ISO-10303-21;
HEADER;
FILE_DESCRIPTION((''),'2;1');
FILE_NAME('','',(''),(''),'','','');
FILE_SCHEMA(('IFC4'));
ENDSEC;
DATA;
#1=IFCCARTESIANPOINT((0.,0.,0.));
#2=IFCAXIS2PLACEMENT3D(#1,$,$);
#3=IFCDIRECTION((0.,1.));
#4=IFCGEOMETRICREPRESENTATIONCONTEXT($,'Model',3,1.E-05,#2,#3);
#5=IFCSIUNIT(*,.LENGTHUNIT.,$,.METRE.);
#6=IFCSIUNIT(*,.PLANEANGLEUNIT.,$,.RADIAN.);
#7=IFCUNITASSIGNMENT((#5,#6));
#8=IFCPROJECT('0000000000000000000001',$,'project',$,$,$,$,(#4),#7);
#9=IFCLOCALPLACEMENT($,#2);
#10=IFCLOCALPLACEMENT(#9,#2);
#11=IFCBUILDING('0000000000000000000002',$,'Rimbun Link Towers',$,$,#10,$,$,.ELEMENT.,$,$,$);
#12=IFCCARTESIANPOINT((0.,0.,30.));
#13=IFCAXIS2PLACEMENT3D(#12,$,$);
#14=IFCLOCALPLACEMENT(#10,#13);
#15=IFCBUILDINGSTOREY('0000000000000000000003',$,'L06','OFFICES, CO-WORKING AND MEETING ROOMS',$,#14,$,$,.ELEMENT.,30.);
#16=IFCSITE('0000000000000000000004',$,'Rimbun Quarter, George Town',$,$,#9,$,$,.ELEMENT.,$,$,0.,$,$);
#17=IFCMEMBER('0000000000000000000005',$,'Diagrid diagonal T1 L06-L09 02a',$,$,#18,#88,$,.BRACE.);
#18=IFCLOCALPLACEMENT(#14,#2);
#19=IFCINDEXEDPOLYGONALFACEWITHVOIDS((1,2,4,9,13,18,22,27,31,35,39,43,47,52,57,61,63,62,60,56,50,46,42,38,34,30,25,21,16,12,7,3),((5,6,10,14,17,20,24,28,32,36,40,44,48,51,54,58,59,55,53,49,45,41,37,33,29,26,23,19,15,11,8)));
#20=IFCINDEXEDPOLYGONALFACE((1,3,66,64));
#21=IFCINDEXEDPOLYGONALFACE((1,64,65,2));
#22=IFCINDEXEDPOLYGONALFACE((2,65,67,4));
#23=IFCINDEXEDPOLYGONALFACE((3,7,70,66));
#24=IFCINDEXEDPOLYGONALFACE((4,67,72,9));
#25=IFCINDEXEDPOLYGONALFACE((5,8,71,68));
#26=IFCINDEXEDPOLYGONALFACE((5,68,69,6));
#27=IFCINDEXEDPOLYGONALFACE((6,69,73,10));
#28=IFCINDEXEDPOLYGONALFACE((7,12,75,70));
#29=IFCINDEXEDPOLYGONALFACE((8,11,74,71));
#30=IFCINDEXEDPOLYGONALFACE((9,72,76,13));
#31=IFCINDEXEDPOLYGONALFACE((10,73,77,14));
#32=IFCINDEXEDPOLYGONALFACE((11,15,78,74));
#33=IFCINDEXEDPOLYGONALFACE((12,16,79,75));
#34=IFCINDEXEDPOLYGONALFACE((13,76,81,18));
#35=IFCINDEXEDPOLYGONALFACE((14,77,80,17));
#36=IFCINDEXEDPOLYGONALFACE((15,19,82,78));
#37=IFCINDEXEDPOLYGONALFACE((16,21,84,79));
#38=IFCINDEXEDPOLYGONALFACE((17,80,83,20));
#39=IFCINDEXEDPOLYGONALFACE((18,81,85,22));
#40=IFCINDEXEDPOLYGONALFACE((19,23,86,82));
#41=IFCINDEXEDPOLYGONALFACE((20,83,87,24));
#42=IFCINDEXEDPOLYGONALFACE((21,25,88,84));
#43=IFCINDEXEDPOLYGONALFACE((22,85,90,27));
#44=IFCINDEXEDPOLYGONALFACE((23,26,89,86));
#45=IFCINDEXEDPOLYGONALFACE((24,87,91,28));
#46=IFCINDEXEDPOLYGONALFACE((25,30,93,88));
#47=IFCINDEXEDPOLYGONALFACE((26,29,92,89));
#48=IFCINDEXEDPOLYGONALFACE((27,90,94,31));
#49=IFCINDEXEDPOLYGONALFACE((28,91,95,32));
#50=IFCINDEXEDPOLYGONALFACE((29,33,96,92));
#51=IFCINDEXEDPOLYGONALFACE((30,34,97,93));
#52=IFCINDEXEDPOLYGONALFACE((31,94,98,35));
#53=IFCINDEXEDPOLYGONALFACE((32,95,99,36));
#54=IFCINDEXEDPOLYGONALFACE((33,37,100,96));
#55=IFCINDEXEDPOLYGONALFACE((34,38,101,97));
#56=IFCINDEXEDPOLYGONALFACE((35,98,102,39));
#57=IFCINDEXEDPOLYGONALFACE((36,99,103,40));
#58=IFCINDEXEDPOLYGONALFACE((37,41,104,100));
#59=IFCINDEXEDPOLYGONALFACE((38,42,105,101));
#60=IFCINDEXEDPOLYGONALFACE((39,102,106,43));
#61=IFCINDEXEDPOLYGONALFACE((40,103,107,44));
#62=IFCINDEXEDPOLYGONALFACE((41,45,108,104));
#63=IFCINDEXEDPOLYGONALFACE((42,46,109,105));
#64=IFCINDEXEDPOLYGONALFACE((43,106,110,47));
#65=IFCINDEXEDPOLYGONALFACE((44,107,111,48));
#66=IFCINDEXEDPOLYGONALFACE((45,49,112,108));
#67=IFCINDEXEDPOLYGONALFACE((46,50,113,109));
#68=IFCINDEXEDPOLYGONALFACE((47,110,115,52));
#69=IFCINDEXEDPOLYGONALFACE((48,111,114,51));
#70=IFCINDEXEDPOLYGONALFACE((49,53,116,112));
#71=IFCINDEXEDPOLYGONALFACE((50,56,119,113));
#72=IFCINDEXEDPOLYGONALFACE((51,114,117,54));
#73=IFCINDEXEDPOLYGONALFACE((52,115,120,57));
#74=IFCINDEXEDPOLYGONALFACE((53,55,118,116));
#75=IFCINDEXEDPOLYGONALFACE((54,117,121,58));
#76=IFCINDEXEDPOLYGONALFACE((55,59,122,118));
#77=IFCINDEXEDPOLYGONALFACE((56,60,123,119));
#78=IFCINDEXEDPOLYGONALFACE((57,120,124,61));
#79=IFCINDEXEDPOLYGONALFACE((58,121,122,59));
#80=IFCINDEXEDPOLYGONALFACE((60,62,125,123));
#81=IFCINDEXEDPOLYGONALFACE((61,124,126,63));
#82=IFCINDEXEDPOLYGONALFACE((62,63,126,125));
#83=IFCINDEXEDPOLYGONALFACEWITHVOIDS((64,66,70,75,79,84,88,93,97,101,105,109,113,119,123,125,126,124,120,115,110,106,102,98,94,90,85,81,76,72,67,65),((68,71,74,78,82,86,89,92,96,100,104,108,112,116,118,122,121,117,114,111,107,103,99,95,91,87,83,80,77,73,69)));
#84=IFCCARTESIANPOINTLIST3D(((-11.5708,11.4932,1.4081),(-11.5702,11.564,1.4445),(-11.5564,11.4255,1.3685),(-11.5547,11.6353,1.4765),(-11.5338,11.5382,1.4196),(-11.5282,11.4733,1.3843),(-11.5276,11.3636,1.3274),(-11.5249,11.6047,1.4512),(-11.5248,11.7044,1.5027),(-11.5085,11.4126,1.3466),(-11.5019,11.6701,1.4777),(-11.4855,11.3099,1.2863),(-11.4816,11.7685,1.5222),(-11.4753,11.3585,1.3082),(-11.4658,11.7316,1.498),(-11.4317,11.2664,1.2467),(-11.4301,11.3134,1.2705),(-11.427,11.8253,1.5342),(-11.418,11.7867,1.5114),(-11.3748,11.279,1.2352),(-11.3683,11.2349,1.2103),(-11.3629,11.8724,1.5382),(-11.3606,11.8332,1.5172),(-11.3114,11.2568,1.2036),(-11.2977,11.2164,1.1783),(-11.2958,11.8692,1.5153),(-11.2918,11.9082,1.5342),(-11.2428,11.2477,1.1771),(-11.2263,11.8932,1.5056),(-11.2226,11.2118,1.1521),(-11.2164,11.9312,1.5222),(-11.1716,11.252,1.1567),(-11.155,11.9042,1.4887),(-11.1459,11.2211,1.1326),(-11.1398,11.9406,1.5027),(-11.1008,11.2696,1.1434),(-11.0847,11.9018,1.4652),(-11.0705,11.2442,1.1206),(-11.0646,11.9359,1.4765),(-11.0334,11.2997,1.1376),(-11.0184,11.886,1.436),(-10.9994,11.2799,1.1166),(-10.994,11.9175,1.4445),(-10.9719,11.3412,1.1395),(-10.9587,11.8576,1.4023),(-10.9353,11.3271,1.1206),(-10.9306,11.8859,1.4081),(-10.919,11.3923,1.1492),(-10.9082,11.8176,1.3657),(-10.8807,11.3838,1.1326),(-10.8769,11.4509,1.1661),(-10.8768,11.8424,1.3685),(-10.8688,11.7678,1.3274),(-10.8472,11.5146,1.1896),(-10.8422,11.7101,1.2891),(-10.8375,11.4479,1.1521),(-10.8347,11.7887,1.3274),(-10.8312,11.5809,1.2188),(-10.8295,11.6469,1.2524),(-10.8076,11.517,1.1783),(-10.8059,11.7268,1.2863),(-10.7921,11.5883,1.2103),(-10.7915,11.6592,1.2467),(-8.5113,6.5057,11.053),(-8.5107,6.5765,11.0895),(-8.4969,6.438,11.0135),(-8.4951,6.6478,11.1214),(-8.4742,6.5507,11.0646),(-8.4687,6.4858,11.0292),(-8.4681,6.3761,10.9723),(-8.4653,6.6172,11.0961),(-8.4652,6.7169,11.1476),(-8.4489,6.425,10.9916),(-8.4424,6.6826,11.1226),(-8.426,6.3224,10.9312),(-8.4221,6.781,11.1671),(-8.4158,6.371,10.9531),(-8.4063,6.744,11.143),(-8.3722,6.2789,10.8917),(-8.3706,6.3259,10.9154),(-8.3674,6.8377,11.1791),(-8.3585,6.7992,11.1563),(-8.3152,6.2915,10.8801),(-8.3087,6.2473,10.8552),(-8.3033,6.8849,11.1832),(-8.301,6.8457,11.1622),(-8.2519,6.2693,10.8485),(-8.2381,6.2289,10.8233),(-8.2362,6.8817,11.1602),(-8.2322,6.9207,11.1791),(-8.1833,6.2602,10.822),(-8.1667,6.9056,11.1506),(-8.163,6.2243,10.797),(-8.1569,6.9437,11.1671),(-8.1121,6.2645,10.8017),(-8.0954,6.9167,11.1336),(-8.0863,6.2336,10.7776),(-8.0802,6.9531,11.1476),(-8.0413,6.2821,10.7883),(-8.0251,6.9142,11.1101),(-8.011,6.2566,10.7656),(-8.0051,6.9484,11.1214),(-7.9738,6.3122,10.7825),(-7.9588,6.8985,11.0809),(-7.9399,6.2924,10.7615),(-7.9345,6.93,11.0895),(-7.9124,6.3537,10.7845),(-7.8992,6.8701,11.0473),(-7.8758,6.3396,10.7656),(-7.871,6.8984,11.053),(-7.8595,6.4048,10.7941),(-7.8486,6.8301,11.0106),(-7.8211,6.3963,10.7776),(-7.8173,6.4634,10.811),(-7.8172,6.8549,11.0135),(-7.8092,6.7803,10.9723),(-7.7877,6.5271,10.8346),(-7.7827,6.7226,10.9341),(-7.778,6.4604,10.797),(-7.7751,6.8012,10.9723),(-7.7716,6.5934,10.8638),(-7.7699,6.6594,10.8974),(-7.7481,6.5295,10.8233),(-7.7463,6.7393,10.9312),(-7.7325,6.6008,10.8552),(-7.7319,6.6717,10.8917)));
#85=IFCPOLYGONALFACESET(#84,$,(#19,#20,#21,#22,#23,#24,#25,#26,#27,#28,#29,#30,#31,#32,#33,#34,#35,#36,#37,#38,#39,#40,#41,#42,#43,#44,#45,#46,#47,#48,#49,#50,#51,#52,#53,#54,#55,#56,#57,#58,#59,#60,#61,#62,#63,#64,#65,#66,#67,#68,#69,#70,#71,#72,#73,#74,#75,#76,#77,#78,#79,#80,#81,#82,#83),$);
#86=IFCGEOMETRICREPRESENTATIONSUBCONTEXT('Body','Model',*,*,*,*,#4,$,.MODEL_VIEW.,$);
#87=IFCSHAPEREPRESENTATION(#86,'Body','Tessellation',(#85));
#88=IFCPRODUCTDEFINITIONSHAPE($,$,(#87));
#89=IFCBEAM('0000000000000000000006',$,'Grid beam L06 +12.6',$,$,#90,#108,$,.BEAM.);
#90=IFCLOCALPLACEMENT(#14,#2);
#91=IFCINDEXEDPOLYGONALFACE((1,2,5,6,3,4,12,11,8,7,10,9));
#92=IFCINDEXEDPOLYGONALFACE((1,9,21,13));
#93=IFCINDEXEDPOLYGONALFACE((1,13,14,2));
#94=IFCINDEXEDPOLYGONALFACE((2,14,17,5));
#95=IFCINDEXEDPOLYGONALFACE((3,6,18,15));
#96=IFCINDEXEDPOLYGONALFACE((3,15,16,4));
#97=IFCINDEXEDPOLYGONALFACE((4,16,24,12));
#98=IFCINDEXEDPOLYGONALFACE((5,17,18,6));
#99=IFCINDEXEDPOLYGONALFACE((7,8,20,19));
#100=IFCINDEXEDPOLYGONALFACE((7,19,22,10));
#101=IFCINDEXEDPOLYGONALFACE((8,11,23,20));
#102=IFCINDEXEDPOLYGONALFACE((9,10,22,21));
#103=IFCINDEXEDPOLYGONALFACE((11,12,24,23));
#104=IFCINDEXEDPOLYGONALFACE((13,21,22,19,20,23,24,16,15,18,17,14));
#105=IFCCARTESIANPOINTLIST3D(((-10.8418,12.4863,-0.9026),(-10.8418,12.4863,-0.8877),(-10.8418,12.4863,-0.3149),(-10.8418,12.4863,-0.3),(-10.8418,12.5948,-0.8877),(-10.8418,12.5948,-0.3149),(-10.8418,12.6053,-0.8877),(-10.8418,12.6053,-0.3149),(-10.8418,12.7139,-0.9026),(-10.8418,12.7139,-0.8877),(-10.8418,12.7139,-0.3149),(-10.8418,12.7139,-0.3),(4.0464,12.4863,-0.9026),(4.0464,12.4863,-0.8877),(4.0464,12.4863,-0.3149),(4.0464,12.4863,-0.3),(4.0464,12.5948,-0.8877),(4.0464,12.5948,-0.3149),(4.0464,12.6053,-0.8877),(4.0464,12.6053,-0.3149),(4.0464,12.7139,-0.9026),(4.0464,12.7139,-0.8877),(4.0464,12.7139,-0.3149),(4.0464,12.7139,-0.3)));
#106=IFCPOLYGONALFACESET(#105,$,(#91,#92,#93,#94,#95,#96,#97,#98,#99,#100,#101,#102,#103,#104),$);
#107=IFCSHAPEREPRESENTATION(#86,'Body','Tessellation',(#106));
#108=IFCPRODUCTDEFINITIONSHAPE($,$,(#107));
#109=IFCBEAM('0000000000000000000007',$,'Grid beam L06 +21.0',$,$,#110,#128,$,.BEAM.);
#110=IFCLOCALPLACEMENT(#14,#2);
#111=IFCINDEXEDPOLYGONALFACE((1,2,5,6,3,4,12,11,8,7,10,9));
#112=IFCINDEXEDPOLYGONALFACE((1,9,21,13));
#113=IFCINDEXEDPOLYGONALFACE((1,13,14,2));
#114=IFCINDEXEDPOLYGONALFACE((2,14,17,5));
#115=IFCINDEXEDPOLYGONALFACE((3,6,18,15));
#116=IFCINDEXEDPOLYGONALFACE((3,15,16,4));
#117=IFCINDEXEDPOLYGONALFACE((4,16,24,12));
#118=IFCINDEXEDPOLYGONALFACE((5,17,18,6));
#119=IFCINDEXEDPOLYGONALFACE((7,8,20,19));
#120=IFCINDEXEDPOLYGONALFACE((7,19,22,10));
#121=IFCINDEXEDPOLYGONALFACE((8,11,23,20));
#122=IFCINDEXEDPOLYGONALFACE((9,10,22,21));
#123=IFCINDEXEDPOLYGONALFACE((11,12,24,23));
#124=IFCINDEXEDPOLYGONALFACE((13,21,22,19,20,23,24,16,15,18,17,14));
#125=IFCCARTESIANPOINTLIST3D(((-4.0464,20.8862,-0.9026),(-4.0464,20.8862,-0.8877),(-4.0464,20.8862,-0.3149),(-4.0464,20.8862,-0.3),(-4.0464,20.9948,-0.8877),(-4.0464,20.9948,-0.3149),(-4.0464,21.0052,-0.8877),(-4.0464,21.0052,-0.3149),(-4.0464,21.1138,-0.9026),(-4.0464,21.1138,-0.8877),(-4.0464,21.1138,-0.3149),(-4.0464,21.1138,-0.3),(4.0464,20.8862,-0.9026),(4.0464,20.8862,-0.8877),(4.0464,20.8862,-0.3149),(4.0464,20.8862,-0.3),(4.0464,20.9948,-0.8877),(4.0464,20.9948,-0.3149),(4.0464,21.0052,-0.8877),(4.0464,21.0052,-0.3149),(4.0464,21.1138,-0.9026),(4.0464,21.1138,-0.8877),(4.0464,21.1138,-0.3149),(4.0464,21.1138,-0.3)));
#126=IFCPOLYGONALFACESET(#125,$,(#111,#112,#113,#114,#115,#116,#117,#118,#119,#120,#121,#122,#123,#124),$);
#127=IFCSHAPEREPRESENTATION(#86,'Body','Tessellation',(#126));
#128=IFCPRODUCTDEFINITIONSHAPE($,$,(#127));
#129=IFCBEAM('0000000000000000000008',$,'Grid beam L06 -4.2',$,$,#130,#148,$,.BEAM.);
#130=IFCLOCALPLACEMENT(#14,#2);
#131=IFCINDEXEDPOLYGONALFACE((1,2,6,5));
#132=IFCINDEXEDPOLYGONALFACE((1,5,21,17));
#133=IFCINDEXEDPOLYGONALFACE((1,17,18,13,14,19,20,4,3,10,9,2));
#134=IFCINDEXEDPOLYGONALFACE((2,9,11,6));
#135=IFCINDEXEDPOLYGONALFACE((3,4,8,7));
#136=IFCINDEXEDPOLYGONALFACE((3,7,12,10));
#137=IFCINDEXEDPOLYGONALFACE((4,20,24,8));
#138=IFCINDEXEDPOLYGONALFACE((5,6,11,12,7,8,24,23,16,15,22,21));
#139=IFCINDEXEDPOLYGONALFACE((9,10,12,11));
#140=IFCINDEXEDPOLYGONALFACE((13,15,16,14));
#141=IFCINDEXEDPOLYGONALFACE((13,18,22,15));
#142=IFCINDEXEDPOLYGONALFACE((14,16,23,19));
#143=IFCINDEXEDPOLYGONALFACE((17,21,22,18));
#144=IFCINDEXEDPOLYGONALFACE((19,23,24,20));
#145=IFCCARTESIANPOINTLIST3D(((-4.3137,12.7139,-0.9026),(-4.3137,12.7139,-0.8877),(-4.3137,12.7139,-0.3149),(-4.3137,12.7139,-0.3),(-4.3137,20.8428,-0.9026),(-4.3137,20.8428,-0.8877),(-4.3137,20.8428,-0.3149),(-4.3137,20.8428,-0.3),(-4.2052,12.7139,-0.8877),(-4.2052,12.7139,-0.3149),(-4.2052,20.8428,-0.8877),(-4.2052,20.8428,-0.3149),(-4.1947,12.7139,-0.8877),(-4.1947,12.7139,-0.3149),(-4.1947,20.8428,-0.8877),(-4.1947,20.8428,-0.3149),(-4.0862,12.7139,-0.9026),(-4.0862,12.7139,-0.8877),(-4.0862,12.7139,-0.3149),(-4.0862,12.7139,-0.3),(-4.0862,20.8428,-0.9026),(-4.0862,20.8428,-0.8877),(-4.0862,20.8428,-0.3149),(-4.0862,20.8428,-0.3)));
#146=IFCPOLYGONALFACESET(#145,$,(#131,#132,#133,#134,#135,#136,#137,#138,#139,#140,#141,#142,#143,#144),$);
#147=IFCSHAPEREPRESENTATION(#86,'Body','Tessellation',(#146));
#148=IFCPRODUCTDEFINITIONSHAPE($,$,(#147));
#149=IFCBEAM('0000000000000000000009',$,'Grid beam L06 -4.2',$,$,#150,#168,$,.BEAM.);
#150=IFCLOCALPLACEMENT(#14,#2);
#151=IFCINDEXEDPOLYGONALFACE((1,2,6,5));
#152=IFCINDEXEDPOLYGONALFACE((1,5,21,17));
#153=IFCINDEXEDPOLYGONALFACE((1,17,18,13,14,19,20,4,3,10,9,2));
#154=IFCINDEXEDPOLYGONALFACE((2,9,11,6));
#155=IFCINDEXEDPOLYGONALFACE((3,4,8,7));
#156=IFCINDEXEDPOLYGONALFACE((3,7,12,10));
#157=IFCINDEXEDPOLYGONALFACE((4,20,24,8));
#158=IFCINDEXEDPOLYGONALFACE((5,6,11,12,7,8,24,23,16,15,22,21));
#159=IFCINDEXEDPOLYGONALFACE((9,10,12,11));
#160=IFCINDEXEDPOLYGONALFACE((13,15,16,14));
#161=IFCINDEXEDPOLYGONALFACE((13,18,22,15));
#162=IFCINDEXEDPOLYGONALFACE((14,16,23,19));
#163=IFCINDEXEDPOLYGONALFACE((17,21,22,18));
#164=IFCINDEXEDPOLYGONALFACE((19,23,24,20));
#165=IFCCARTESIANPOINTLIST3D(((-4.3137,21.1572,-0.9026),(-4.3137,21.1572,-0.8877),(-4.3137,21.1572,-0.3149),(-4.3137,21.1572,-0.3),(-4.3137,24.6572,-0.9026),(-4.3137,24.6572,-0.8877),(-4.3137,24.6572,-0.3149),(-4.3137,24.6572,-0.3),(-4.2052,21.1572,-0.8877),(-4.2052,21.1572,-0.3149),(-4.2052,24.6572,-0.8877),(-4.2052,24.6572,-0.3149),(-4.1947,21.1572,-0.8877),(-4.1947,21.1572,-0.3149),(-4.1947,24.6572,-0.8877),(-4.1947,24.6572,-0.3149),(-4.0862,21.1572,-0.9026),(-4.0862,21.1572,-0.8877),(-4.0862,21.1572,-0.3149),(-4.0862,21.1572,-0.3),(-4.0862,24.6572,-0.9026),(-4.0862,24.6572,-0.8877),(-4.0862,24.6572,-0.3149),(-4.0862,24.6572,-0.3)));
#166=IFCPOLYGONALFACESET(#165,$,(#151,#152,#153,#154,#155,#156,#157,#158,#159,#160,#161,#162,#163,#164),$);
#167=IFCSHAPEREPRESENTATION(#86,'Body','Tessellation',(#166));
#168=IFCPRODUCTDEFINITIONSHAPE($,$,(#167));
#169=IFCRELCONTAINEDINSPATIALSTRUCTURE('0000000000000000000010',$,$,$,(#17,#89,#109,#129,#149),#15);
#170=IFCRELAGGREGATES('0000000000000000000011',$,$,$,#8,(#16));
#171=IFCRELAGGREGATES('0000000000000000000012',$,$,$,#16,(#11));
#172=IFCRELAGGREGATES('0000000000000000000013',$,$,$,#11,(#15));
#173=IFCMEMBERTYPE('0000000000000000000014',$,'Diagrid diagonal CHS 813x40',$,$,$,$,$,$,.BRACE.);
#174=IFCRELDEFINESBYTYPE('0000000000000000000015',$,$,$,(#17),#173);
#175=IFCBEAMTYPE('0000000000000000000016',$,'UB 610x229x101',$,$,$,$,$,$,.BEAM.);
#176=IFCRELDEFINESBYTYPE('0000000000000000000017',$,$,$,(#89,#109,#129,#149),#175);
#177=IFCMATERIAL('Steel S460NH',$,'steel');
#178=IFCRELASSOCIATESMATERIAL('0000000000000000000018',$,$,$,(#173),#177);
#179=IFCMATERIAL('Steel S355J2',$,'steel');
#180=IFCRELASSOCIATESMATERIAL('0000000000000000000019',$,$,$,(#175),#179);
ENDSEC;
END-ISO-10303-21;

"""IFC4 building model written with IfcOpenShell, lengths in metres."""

from ifc_helpers import new_model, si_unit, direction, frame, origin, origin_2d, place, context, subcontext, project, spatial, hollow_circle, i_section, extrude, material, material_profile, profile_set, type_object, element, save


model = new_model("IFC4")

# Units and contexts
model_context = context("Model", 3, precision=1e-05, world=origin(), true_north=direction((0.0, 1.0)))
body_context = subcontext(model_context, "Body", "Model", "MODEL_VIEW")
ifc_project = project(units=[si_unit("LENGTHUNIT", "METRE"), si_unit("PLANEANGLEUNIT", "RADIAN")], contexts=[model_context])

# Site, building, storey
site_placement = place(None, origin())
site = spatial("IfcSite", under=ifc_project, at=site_placement, Name="Rimbun Quarter, George Town", CompositionType="ELEMENT", RefElevation=0.0)
building_placement = place(site_placement, origin())
building = spatial("IfcBuilding", under=site, at=building_placement, Name="Rimbun Link Towers", CompositionType="ELEMENT")
storey_placement = place(building_placement, frame((0.0, 0.0, 30.0)))
storey = spatial("IfcBuildingStorey", under=building, at=storey_placement, Name="L06", Description="OFFICES, CO-WORKING AND MEETING ROOMS", CompositionType="ELEMENT", Elevation=30.0)

# Member
ifc_material_1 = material(Name="Steel S460NH", Category="steel")
ifc_material_profile_1 = material_profile(ifc_material_1, hollow_circle(Radius=0.4065, WallThickness=0.04, at=origin_2d()), Name="Diagrid diagonal CHS 813x40")
ifc_profile_set_1 = profile_set([ifc_material_profile_1], Name="Steel S460NH")
member_type = type_object("IfcMemberType", Name="Diagrid diagonal CHS 813x40", PredefinedType="BRACE", material=ifc_profile_set_1)
member_placement = place(storey_placement, frame((-11.1812, 11.5762, 1.3274), z_axis=(0.271212, -0.442116, 0.854972), x_axis=(0.852397, 0.522896, 0.0)))
element("IfcMember", 1, at=member_placement, inside=storey, type_object=member_type, Name="Diagrid diagonal T1 L06-L09 02a", PredefinedType="BRACE", context=body_context, shape_type="SweptSolid", body=[
    extrude(hollow_circle(Radius=0.4065, WallThickness=0.04, at=origin_2d()), origin(), (0.0, 0.0, 1.0), 11.281),
])

# Beams
ifc_material_2 = material(Name="Steel S355J2", Category="steel")
ifc_material_profile_2 = material_profile(ifc_material_2, i_section(OverallWidth=0.2275, OverallDepth=0.6025, WebThickness=0.0105, FlangeThickness=0.0149, at=origin_2d()), Name="UB 610x229x101")
ifc_profile_set_2 = profile_set([ifc_material_profile_2], Name="Steel S355J2")
beam_type = type_object("IfcBeamType", Name="UB 610x229x101", PredefinedType="BEAM", material=ifc_profile_set_2)
beam_1_placement = place(storey_placement, frame((-10.8418, 12.6001, -0.6013), z_axis=(1.0, 0.0, 0.0), x_axis=(0.0, 1.0, 0.0)))
element("IfcBeam", 2, at=beam_1_placement, inside=storey, type_object=beam_type, Name="Grid beam L06 +12.6", PredefinedType="BEAM", context=body_context, shape_type="SweptSolid", body=[
    extrude(i_section(OverallWidth=0.2275, OverallDepth=0.6025, WebThickness=0.0105, FlangeThickness=0.0149, at=origin_2d()), origin(), (0.0, 0.0, 1.0), 14.8882),
])
beam_2_placement = place(storey_placement, frame((-4.0464, 21.0, -0.6013), z_axis=(1.0, 0.0, 0.0), x_axis=(0.0, 1.0, 0.0)))
element("IfcBeam", 3, at=beam_2_placement, inside=storey, type_object=beam_type, Name="Grid beam L06 +21.0", PredefinedType="BEAM", context=body_context, shape_type="SweptSolid", body=[
    extrude(i_section(OverallWidth=0.2275, OverallDepth=0.6025, WebThickness=0.0105, FlangeThickness=0.0149, at=origin_2d()), origin(), (0.0, 0.0, 1.0), 8.0928),
])
beam_3_placement = place(storey_placement, frame((-4.2, 12.7139, -0.6013), z_axis=(0.0, 1.0, 0.0), x_axis=(-1.0, 0.0, 0.0)))
element("IfcBeam", 4, at=beam_3_placement, inside=storey, type_object=beam_type, Name="Grid beam L06 -4.2", PredefinedType="BEAM", context=body_context, shape_type="SweptSolid", body=[
    extrude(i_section(OverallWidth=0.2275, OverallDepth=0.6025, WebThickness=0.0105, FlangeThickness=0.0149, at=origin_2d()), origin(), (0.0, 0.0, 1.0), 8.1289),
])
beam_4_placement = place(storey_placement, frame((-4.2, 21.1572, -0.6013), z_axis=(0.0, 1.0, 0.0), x_axis=(-1.0, 0.0, 0.0)))
element("IfcBeam", 5, at=beam_4_placement, inside=storey, type_object=beam_type, Name="Grid beam L06 -4.2", PredefinedType="BEAM", context=body_context, shape_type="SweptSolid", body=[
    extrude(i_section(OverallWidth=0.2275, OverallDepth=0.6025, WebThickness=0.0105, FlangeThickness=0.0149, at=origin_2d()), origin(), (0.0, 0.0, 1.0), 3.5),
])

save(model, "model.ifc")
